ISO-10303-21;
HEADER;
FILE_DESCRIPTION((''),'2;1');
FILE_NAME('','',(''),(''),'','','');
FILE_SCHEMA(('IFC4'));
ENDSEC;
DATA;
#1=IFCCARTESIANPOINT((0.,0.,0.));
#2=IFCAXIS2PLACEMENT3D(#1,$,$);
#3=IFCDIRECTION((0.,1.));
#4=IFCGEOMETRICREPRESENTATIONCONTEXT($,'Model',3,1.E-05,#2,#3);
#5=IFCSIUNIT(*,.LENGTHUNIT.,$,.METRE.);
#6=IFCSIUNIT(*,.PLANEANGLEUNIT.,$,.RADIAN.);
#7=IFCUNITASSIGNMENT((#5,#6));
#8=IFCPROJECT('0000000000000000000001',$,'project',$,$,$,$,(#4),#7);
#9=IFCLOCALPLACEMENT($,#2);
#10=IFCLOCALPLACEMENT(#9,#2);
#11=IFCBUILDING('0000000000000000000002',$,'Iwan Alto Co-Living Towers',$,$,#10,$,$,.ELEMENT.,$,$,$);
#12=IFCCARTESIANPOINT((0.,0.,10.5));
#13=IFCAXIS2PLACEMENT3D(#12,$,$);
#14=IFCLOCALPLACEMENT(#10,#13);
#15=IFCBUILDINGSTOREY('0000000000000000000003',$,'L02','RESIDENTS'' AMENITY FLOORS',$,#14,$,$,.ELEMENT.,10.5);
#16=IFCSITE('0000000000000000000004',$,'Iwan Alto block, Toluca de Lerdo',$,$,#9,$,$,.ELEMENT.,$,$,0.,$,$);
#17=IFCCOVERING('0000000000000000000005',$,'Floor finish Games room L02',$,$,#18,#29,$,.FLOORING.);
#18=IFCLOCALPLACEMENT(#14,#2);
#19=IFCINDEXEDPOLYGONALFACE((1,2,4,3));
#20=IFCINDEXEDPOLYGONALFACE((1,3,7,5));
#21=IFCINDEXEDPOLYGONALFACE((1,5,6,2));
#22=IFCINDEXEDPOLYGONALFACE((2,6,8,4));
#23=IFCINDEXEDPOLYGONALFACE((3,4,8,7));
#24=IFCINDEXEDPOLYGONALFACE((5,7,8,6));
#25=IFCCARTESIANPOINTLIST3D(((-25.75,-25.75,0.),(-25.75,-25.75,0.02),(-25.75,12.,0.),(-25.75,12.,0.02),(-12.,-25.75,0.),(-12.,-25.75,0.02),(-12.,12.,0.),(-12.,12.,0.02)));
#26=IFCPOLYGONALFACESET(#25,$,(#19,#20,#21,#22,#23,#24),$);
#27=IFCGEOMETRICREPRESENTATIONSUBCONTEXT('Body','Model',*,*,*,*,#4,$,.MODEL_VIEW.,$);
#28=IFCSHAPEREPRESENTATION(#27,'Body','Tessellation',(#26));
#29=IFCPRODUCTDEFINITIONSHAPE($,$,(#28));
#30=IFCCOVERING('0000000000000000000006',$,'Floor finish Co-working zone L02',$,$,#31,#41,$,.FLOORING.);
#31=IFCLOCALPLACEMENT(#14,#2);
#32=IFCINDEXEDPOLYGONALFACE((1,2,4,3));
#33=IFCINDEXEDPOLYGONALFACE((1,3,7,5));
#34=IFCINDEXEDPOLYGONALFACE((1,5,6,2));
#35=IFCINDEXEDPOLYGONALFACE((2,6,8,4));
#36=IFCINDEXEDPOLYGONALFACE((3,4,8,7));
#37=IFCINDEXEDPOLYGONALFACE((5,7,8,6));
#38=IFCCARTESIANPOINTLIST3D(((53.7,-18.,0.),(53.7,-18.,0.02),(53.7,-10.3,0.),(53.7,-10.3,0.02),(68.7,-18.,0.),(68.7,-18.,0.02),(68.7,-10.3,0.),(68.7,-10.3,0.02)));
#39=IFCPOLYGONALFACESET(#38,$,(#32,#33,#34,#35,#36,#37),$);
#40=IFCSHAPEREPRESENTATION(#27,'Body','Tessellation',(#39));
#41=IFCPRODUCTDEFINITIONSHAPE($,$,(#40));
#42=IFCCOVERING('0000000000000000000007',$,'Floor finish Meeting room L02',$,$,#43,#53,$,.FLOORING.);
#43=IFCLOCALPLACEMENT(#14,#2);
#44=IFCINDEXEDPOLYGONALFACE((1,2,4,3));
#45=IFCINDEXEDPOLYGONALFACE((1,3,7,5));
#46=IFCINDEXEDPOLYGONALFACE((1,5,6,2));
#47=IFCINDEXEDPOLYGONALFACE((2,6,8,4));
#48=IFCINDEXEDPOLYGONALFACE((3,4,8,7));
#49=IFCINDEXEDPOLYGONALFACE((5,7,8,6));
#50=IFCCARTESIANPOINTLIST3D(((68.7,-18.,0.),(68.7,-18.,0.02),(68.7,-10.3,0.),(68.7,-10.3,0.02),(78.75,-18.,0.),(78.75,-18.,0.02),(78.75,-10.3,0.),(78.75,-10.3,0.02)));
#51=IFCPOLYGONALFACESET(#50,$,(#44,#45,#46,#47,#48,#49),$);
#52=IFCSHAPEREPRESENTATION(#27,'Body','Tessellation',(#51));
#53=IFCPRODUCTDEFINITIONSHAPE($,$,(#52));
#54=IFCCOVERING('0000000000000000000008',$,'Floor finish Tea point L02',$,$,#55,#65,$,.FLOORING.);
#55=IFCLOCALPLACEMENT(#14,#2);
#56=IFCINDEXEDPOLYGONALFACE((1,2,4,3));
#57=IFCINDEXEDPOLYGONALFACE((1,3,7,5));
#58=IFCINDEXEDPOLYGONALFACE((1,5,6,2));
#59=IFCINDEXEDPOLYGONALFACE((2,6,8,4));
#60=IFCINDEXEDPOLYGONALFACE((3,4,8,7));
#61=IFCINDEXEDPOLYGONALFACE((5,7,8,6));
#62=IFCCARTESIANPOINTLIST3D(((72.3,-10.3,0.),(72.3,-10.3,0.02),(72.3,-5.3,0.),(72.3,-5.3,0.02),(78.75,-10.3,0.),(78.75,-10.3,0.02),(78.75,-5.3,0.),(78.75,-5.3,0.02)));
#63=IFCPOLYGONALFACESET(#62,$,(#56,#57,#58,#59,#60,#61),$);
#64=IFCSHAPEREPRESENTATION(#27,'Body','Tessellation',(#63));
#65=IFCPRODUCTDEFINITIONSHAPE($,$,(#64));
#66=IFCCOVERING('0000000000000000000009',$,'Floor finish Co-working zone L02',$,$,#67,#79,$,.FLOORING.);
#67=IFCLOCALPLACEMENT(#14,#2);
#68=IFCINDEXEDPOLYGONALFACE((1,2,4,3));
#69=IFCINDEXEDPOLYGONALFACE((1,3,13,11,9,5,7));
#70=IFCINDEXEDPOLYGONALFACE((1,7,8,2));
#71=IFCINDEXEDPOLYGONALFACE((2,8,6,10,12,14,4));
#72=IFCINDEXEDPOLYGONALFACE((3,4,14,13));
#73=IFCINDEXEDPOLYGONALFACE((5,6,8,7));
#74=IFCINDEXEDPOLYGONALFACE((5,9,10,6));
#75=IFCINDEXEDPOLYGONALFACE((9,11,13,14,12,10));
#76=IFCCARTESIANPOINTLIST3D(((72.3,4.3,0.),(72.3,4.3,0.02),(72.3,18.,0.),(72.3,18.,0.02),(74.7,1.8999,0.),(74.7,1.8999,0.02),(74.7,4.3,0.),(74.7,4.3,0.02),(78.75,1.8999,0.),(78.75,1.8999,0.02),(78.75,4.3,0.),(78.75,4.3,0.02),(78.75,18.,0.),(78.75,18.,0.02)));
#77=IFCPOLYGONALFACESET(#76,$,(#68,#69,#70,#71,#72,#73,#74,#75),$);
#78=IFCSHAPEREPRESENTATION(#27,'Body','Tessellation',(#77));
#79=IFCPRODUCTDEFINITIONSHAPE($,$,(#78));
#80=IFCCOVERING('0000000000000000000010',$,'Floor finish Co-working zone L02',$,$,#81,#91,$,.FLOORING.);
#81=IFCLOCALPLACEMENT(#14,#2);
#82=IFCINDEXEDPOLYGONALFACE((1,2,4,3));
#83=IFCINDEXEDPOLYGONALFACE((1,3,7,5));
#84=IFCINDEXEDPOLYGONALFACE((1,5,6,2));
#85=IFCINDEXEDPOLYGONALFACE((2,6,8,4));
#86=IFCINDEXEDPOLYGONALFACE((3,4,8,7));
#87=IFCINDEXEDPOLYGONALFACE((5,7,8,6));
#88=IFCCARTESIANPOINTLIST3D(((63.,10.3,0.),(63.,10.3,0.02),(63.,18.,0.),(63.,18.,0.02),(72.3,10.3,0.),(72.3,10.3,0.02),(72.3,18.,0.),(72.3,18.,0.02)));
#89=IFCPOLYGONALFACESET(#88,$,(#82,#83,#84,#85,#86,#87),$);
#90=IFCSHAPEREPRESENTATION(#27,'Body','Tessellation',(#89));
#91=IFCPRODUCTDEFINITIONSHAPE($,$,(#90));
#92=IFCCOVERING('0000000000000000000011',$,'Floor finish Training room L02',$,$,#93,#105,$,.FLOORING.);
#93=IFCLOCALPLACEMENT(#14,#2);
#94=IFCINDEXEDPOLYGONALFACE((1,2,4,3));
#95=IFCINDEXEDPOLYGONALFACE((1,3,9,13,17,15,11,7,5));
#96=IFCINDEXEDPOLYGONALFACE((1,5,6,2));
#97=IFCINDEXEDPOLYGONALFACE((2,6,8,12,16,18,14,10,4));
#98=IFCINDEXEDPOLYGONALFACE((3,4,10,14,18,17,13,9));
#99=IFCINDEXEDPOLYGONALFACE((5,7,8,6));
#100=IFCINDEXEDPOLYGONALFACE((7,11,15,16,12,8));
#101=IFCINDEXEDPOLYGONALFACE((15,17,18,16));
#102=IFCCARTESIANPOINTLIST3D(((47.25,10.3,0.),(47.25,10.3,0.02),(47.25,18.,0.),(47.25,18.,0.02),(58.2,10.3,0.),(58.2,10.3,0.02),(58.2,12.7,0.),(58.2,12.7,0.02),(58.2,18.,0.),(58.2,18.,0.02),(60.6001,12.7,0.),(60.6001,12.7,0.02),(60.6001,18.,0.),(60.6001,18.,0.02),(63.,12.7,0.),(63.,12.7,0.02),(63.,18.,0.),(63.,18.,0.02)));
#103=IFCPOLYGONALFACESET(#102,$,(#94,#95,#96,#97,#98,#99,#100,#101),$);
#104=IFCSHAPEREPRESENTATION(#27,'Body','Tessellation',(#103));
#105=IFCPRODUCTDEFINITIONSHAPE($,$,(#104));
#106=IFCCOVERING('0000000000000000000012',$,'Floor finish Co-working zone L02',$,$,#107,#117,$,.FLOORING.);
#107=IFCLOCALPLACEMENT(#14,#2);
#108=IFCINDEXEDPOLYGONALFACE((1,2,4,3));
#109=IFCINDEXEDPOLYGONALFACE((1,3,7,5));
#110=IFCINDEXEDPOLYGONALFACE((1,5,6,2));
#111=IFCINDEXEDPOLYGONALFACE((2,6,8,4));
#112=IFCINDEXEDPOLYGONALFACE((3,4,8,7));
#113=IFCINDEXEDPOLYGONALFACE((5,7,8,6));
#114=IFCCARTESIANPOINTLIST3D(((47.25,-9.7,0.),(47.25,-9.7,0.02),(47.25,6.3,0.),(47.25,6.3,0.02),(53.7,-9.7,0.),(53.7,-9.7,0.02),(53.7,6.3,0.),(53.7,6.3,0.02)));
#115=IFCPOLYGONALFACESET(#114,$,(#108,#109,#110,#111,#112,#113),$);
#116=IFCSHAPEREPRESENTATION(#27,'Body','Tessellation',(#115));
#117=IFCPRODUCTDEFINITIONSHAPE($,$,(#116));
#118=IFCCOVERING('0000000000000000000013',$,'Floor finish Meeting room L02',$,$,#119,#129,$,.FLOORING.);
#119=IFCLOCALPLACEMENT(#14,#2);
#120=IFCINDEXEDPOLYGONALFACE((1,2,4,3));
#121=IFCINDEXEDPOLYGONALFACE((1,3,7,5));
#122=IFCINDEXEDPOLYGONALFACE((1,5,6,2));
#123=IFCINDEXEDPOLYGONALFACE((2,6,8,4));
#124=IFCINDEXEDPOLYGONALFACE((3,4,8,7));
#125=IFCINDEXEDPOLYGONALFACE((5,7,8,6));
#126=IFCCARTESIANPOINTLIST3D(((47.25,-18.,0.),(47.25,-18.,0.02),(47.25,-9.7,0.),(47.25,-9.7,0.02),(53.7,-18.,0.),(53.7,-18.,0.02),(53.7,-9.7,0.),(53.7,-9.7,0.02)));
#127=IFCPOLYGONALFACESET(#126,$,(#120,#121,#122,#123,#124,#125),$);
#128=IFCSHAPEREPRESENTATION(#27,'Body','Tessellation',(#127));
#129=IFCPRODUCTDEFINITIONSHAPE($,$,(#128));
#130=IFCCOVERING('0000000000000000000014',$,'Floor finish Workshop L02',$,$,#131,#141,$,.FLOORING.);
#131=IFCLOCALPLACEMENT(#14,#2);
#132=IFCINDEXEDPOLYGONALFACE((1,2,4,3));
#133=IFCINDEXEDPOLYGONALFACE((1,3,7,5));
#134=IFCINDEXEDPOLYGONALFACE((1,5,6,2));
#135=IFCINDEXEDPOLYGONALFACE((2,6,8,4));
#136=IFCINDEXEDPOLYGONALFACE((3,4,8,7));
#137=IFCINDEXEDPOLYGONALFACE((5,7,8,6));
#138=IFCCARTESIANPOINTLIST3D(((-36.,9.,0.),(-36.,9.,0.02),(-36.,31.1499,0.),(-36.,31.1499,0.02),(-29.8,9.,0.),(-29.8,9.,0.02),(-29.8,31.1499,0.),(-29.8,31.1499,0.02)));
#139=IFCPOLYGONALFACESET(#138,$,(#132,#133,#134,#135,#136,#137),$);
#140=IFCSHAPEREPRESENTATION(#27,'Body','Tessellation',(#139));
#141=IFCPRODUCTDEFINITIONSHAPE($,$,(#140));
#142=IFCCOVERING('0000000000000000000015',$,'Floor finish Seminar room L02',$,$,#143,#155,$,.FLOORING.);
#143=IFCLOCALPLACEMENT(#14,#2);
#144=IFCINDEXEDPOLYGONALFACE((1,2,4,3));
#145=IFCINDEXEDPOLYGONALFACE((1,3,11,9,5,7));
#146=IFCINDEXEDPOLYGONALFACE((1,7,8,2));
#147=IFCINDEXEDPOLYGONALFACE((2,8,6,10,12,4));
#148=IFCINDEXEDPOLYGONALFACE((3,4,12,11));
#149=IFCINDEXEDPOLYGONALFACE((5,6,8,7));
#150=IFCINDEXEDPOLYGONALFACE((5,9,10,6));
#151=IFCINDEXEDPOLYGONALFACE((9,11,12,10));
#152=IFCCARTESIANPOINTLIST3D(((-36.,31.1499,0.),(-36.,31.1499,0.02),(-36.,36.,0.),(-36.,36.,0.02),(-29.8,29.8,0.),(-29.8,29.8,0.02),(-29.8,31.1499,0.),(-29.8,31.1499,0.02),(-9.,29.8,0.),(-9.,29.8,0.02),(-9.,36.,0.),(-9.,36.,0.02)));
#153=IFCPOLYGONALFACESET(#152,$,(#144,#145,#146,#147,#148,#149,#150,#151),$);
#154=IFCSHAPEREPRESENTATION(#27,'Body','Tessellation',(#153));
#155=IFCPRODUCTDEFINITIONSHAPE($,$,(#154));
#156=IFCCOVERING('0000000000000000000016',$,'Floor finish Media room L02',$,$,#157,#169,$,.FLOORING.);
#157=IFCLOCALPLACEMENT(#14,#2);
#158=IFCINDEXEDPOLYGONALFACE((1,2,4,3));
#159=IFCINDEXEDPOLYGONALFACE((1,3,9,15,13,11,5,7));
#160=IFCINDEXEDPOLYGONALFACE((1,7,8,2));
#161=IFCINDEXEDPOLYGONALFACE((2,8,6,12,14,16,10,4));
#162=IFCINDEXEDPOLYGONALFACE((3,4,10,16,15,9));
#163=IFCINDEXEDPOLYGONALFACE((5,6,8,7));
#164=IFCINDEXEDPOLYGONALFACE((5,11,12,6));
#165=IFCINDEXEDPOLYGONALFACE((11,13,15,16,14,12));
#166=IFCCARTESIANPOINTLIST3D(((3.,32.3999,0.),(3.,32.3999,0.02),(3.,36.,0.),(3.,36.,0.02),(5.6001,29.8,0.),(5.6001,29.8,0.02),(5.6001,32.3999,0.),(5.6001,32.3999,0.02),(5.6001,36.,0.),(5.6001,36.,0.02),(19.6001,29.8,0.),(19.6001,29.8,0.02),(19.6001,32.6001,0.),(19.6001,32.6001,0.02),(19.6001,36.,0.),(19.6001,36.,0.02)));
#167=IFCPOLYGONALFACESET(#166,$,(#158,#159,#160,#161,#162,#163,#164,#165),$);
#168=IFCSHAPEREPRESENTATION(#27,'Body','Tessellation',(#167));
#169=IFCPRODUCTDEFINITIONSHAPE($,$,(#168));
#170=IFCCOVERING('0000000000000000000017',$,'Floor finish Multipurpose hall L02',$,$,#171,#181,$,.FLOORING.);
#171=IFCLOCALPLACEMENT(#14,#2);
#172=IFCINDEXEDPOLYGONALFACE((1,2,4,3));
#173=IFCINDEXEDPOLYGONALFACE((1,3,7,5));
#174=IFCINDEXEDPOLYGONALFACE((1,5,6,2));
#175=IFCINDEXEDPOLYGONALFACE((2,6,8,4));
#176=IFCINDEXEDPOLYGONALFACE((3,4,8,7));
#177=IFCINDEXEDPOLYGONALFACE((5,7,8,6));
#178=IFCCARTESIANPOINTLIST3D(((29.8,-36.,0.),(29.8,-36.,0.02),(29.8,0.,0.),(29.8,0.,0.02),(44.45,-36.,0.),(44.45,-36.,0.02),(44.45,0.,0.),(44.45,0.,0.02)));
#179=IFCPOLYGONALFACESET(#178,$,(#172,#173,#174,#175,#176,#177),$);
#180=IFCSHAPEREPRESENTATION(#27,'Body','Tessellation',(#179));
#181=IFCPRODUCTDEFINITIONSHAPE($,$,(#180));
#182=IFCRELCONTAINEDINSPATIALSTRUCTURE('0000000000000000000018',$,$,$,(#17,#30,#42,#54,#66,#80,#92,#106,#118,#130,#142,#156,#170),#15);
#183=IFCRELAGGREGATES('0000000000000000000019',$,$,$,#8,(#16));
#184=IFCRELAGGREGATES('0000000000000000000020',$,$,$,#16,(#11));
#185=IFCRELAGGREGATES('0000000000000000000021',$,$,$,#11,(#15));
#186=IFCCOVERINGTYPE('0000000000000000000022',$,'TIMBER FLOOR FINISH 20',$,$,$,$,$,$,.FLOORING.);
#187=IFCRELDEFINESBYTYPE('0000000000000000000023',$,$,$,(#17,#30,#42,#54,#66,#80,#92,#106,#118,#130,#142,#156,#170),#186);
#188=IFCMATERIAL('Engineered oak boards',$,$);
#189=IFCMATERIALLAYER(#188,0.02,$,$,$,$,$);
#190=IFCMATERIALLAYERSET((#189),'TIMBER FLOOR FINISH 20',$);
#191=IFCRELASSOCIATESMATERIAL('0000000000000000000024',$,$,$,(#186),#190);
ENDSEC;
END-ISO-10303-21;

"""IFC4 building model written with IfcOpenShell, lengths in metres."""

from ifc_helpers import new_model, si_unit, direction, frame, origin, place, context, subcontext, project, spatial, polyline, outline, extrude, material, layer, layer_set, type_object, element, save


model = new_model("IFC4")

# Units and contexts
model_context = context("Model", 3, precision=1e-05, world=origin(), true_north=direction((0.0, 1.0)))
body_context = subcontext(model_context, "Body", "Model", "MODEL_VIEW")
ifc_project = project(units=[si_unit("LENGTHUNIT", "METRE"), si_unit("PLANEANGLEUNIT", "RADIAN")], contexts=[model_context])

# Site, building, storey
site_placement = place(None, origin())
site = spatial("IfcSite", under=ifc_project, at=site_placement, Name="Iwan Alto block, Toluca de Lerdo", CompositionType="ELEMENT", RefElevation=0.0)
building_placement = place(site_placement, origin())
building = spatial("IfcBuilding", under=site, at=building_placement, Name="Iwan Alto Co-Living Towers", CompositionType="ELEMENT")
storey_placement = place(building_placement, frame((0.0, 0.0, 10.5)))
storey = spatial("IfcBuildingStorey", under=building, at=storey_placement, Name="L02", Description="RESIDENTS' AMENITY FLOORS", CompositionType="ELEMENT", Elevation=10.5)

# Coverings
ifc_material_1 = material(Name="Engineered oak boards")
ifc_layer_1 = layer(ifc_material_1, 0.02)
ifc_layer_set_1 = layer_set([ifc_layer_1], Name="TIMBER FLOOR FINISH 20")
covering_type_1 = type_object("IfcCoveringType", Name="TIMBER FLOOR FINISH 20", PredefinedType="FLOORING", material=ifc_layer_set_1)
covering_1_placement = place(storey_placement, origin())
element("IfcCovering", 1, at=covering_1_placement, inside=storey, type_object=covering_type_1, Name="Floor finish Games room L02", PredefinedType="FLOORING", context=body_context, shape_type="SweptSolid", body=[
    extrude(outline(polyline([(-25.75, -25.75), (-25.75, 12.0), (-12.0, 12.0), (-12.0, -25.75), (-25.75, -25.75)])), origin(), (0.0, 0.0, 1.0), 0.02),
])
covering_2_placement = place(storey_placement, origin())
element("IfcCovering", 2, at=covering_2_placement, inside=storey, type_object=covering_type_1, Name="Floor finish Co-working zone L02", PredefinedType="FLOORING", context=body_context, shape_type="SweptSolid", body=[
    extrude(outline(polyline([(53.7, -18.0), (53.7, -10.3), (68.7, -10.3), (68.7, -18.0), (53.7, -18.0)])), origin(), (0.0, 0.0, 1.0), 0.02),
])
covering_3_placement = place(storey_placement, origin())
element("IfcCovering", 3, at=covering_3_placement, inside=storey, type_object=covering_type_1, Name="Floor finish Meeting room L02", PredefinedType="FLOORING", context=body_context, shape_type="SweptSolid", body=[
    extrude(outline(polyline([(68.7, -18.0), (68.7, -10.3), (78.75, -10.3), (78.75, -18.0), (68.7, -18.0)])), origin(), (0.0, 0.0, 1.0), 0.02),
])
covering_4_placement = place(storey_placement, origin())
element("IfcCovering", 4, at=covering_4_placement, inside=storey, type_object=covering_type_1, Name="Floor finish Tea point L02", PredefinedType="FLOORING", context=body_context, shape_type="SweptSolid", body=[
    extrude(outline(polyline([(72.3, -10.3), (72.3, -5.3), (78.75, -5.3), (78.75, -10.3), (72.3, -10.3)])), origin(), (0.0, 0.0, 1.0), 0.02),
])
covering_5_placement = place(storey_placement, origin())
element("IfcCovering", 5, at=covering_5_placement, inside=storey, type_object=covering_type_1, Name="Floor finish Co-working zone L02", PredefinedType="FLOORING", context=body_context, shape_type="SweptSolid", body=[
    extrude(outline(polyline([(74.7, 1.8999), (74.7, 4.3), (72.3, 4.3), (72.3, 18.0), (78.75, 18.0), (78.75, 4.3), (78.75, 1.8999), (74.7, 1.8999)])), origin(), (0.0, 0.0, 1.0), 0.02),
])
covering_6_placement = place(storey_placement, origin())
element("IfcCovering", 6, at=covering_6_placement, inside=storey, type_object=covering_type_1, Name="Floor finish Co-working zone L02", PredefinedType="FLOORING", context=body_context, shape_type="SweptSolid", body=[
    extrude(outline(polyline([(63.0, 10.3), (63.0, 18.0), (72.3, 18.0), (72.3, 10.3), (63.0, 10.3)])), origin(), (0.0, 0.0, 1.0), 0.02),
])
covering_7_placement = place(storey_placement, origin())
element("IfcCovering", 7, at=covering_7_placement, inside=storey, type_object=covering_type_1, Name="Floor finish Training room L02", PredefinedType="FLOORING", context=body_context, shape_type="SweptSolid", body=[
    extrude(outline(polyline([(47.25, 10.3), (47.25, 18.0), (58.2, 18.0), (60.6001, 18.0), (63.0, 18.0), (63.0, 12.7), (60.6001, 12.7), (58.2, 12.7), (58.2, 10.3), (47.25, 10.3)])), origin(), (0.0, 0.0, 1.0), 0.02),
])
covering_8_placement = place(storey_placement, origin())
element("IfcCovering", 8, at=covering_8_placement, inside=storey, type_object=covering_type_1, Name="Floor finish Co-working zone L02", PredefinedType="FLOORING", context=body_context, shape_type="SweptSolid", body=[
    extrude(outline(polyline([(47.25, -9.7), (47.25, 6.3), (53.7, 6.3), (53.7, -9.7), (47.25, -9.7)])), origin(), (0.0, 0.0, 1.0), 0.02),
])
covering_9_placement = place(storey_placement, origin())
element("IfcCovering", 9, at=covering_9_placement, inside=storey, type_object=covering_type_1, Name="Floor finish Meeting room L02", PredefinedType="FLOORING", context=body_context, shape_type="SweptSolid", body=[
    extrude(outline(polyline([(47.25, -18.0), (47.25, -9.7), (53.7, -9.7), (53.7, -18.0), (47.25, -18.0)])), origin(), (0.0, 0.0, 1.0), 0.02),
])
covering_10_placement = place(storey_placement, origin())
element("IfcCovering", 10, at=covering_10_placement, inside=storey, type_object=covering_type_1, Name="Floor finish Workshop L02", PredefinedType="FLOORING", context=body_context, shape_type="SweptSolid", body=[
    extrude(outline(polyline([(-29.8, 31.1499), (-29.8, 9.0), (-36.0, 9.0), (-36.0, 31.1499), (-29.8, 31.1499)])), origin(), (0.0, 0.0, 1.0), 0.02),
])
covering_11_placement = place(storey_placement, origin())
element("IfcCovering", 11, at=covering_11_placement, inside=storey, type_object=covering_type_1, Name="Floor finish Seminar room L02", PredefinedType="FLOORING", context=body_context, shape_type="SweptSolid", body=[
    extrude(outline(polyline([(-29.8, 29.8), (-29.8, 31.1499), (-36.0, 31.1499), (-36.0, 36.0), (-9.0, 36.0), (-9.0, 29.8), (-29.8, 29.8)])), origin(), (0.0, 0.0, 1.0), 0.02),
])
covering_12_placement = place(storey_placement, origin())
element("IfcCovering", 12, at=covering_12_placement, inside=storey, type_object=covering_type_1, Name="Floor finish Media room L02", PredefinedType="FLOORING", context=body_context, shape_type="SweptSolid", body=[
    extrude(outline(polyline([(3.0, 32.3999), (3.0, 36.0), (5.6001, 36.0), (19.6001, 36.0), (19.6001, 32.6001), (19.6001, 29.8), (5.6001, 29.8), (5.6001, 32.3999), (3.0, 32.3999)])), origin(), (0.0, 0.0, 1.0), 0.02),
])
covering_13_placement = place(storey_placement, origin())
element("IfcCovering", 13, at=covering_13_placement, inside=storey, type_object=covering_type_1, Name="Floor finish Multipurpose hall L02", PredefinedType="FLOORING", context=body_context, shape_type="SweptSolid", body=[
    extrude(outline(polyline([(44.45, 0.0), (44.45, -36.0), (29.8, -36.0), (29.8, 0.0), (44.45, 0.0)])), origin(), (0.0, 0.0, 1.0), 0.02),
])

save(model, "model.ifc")
